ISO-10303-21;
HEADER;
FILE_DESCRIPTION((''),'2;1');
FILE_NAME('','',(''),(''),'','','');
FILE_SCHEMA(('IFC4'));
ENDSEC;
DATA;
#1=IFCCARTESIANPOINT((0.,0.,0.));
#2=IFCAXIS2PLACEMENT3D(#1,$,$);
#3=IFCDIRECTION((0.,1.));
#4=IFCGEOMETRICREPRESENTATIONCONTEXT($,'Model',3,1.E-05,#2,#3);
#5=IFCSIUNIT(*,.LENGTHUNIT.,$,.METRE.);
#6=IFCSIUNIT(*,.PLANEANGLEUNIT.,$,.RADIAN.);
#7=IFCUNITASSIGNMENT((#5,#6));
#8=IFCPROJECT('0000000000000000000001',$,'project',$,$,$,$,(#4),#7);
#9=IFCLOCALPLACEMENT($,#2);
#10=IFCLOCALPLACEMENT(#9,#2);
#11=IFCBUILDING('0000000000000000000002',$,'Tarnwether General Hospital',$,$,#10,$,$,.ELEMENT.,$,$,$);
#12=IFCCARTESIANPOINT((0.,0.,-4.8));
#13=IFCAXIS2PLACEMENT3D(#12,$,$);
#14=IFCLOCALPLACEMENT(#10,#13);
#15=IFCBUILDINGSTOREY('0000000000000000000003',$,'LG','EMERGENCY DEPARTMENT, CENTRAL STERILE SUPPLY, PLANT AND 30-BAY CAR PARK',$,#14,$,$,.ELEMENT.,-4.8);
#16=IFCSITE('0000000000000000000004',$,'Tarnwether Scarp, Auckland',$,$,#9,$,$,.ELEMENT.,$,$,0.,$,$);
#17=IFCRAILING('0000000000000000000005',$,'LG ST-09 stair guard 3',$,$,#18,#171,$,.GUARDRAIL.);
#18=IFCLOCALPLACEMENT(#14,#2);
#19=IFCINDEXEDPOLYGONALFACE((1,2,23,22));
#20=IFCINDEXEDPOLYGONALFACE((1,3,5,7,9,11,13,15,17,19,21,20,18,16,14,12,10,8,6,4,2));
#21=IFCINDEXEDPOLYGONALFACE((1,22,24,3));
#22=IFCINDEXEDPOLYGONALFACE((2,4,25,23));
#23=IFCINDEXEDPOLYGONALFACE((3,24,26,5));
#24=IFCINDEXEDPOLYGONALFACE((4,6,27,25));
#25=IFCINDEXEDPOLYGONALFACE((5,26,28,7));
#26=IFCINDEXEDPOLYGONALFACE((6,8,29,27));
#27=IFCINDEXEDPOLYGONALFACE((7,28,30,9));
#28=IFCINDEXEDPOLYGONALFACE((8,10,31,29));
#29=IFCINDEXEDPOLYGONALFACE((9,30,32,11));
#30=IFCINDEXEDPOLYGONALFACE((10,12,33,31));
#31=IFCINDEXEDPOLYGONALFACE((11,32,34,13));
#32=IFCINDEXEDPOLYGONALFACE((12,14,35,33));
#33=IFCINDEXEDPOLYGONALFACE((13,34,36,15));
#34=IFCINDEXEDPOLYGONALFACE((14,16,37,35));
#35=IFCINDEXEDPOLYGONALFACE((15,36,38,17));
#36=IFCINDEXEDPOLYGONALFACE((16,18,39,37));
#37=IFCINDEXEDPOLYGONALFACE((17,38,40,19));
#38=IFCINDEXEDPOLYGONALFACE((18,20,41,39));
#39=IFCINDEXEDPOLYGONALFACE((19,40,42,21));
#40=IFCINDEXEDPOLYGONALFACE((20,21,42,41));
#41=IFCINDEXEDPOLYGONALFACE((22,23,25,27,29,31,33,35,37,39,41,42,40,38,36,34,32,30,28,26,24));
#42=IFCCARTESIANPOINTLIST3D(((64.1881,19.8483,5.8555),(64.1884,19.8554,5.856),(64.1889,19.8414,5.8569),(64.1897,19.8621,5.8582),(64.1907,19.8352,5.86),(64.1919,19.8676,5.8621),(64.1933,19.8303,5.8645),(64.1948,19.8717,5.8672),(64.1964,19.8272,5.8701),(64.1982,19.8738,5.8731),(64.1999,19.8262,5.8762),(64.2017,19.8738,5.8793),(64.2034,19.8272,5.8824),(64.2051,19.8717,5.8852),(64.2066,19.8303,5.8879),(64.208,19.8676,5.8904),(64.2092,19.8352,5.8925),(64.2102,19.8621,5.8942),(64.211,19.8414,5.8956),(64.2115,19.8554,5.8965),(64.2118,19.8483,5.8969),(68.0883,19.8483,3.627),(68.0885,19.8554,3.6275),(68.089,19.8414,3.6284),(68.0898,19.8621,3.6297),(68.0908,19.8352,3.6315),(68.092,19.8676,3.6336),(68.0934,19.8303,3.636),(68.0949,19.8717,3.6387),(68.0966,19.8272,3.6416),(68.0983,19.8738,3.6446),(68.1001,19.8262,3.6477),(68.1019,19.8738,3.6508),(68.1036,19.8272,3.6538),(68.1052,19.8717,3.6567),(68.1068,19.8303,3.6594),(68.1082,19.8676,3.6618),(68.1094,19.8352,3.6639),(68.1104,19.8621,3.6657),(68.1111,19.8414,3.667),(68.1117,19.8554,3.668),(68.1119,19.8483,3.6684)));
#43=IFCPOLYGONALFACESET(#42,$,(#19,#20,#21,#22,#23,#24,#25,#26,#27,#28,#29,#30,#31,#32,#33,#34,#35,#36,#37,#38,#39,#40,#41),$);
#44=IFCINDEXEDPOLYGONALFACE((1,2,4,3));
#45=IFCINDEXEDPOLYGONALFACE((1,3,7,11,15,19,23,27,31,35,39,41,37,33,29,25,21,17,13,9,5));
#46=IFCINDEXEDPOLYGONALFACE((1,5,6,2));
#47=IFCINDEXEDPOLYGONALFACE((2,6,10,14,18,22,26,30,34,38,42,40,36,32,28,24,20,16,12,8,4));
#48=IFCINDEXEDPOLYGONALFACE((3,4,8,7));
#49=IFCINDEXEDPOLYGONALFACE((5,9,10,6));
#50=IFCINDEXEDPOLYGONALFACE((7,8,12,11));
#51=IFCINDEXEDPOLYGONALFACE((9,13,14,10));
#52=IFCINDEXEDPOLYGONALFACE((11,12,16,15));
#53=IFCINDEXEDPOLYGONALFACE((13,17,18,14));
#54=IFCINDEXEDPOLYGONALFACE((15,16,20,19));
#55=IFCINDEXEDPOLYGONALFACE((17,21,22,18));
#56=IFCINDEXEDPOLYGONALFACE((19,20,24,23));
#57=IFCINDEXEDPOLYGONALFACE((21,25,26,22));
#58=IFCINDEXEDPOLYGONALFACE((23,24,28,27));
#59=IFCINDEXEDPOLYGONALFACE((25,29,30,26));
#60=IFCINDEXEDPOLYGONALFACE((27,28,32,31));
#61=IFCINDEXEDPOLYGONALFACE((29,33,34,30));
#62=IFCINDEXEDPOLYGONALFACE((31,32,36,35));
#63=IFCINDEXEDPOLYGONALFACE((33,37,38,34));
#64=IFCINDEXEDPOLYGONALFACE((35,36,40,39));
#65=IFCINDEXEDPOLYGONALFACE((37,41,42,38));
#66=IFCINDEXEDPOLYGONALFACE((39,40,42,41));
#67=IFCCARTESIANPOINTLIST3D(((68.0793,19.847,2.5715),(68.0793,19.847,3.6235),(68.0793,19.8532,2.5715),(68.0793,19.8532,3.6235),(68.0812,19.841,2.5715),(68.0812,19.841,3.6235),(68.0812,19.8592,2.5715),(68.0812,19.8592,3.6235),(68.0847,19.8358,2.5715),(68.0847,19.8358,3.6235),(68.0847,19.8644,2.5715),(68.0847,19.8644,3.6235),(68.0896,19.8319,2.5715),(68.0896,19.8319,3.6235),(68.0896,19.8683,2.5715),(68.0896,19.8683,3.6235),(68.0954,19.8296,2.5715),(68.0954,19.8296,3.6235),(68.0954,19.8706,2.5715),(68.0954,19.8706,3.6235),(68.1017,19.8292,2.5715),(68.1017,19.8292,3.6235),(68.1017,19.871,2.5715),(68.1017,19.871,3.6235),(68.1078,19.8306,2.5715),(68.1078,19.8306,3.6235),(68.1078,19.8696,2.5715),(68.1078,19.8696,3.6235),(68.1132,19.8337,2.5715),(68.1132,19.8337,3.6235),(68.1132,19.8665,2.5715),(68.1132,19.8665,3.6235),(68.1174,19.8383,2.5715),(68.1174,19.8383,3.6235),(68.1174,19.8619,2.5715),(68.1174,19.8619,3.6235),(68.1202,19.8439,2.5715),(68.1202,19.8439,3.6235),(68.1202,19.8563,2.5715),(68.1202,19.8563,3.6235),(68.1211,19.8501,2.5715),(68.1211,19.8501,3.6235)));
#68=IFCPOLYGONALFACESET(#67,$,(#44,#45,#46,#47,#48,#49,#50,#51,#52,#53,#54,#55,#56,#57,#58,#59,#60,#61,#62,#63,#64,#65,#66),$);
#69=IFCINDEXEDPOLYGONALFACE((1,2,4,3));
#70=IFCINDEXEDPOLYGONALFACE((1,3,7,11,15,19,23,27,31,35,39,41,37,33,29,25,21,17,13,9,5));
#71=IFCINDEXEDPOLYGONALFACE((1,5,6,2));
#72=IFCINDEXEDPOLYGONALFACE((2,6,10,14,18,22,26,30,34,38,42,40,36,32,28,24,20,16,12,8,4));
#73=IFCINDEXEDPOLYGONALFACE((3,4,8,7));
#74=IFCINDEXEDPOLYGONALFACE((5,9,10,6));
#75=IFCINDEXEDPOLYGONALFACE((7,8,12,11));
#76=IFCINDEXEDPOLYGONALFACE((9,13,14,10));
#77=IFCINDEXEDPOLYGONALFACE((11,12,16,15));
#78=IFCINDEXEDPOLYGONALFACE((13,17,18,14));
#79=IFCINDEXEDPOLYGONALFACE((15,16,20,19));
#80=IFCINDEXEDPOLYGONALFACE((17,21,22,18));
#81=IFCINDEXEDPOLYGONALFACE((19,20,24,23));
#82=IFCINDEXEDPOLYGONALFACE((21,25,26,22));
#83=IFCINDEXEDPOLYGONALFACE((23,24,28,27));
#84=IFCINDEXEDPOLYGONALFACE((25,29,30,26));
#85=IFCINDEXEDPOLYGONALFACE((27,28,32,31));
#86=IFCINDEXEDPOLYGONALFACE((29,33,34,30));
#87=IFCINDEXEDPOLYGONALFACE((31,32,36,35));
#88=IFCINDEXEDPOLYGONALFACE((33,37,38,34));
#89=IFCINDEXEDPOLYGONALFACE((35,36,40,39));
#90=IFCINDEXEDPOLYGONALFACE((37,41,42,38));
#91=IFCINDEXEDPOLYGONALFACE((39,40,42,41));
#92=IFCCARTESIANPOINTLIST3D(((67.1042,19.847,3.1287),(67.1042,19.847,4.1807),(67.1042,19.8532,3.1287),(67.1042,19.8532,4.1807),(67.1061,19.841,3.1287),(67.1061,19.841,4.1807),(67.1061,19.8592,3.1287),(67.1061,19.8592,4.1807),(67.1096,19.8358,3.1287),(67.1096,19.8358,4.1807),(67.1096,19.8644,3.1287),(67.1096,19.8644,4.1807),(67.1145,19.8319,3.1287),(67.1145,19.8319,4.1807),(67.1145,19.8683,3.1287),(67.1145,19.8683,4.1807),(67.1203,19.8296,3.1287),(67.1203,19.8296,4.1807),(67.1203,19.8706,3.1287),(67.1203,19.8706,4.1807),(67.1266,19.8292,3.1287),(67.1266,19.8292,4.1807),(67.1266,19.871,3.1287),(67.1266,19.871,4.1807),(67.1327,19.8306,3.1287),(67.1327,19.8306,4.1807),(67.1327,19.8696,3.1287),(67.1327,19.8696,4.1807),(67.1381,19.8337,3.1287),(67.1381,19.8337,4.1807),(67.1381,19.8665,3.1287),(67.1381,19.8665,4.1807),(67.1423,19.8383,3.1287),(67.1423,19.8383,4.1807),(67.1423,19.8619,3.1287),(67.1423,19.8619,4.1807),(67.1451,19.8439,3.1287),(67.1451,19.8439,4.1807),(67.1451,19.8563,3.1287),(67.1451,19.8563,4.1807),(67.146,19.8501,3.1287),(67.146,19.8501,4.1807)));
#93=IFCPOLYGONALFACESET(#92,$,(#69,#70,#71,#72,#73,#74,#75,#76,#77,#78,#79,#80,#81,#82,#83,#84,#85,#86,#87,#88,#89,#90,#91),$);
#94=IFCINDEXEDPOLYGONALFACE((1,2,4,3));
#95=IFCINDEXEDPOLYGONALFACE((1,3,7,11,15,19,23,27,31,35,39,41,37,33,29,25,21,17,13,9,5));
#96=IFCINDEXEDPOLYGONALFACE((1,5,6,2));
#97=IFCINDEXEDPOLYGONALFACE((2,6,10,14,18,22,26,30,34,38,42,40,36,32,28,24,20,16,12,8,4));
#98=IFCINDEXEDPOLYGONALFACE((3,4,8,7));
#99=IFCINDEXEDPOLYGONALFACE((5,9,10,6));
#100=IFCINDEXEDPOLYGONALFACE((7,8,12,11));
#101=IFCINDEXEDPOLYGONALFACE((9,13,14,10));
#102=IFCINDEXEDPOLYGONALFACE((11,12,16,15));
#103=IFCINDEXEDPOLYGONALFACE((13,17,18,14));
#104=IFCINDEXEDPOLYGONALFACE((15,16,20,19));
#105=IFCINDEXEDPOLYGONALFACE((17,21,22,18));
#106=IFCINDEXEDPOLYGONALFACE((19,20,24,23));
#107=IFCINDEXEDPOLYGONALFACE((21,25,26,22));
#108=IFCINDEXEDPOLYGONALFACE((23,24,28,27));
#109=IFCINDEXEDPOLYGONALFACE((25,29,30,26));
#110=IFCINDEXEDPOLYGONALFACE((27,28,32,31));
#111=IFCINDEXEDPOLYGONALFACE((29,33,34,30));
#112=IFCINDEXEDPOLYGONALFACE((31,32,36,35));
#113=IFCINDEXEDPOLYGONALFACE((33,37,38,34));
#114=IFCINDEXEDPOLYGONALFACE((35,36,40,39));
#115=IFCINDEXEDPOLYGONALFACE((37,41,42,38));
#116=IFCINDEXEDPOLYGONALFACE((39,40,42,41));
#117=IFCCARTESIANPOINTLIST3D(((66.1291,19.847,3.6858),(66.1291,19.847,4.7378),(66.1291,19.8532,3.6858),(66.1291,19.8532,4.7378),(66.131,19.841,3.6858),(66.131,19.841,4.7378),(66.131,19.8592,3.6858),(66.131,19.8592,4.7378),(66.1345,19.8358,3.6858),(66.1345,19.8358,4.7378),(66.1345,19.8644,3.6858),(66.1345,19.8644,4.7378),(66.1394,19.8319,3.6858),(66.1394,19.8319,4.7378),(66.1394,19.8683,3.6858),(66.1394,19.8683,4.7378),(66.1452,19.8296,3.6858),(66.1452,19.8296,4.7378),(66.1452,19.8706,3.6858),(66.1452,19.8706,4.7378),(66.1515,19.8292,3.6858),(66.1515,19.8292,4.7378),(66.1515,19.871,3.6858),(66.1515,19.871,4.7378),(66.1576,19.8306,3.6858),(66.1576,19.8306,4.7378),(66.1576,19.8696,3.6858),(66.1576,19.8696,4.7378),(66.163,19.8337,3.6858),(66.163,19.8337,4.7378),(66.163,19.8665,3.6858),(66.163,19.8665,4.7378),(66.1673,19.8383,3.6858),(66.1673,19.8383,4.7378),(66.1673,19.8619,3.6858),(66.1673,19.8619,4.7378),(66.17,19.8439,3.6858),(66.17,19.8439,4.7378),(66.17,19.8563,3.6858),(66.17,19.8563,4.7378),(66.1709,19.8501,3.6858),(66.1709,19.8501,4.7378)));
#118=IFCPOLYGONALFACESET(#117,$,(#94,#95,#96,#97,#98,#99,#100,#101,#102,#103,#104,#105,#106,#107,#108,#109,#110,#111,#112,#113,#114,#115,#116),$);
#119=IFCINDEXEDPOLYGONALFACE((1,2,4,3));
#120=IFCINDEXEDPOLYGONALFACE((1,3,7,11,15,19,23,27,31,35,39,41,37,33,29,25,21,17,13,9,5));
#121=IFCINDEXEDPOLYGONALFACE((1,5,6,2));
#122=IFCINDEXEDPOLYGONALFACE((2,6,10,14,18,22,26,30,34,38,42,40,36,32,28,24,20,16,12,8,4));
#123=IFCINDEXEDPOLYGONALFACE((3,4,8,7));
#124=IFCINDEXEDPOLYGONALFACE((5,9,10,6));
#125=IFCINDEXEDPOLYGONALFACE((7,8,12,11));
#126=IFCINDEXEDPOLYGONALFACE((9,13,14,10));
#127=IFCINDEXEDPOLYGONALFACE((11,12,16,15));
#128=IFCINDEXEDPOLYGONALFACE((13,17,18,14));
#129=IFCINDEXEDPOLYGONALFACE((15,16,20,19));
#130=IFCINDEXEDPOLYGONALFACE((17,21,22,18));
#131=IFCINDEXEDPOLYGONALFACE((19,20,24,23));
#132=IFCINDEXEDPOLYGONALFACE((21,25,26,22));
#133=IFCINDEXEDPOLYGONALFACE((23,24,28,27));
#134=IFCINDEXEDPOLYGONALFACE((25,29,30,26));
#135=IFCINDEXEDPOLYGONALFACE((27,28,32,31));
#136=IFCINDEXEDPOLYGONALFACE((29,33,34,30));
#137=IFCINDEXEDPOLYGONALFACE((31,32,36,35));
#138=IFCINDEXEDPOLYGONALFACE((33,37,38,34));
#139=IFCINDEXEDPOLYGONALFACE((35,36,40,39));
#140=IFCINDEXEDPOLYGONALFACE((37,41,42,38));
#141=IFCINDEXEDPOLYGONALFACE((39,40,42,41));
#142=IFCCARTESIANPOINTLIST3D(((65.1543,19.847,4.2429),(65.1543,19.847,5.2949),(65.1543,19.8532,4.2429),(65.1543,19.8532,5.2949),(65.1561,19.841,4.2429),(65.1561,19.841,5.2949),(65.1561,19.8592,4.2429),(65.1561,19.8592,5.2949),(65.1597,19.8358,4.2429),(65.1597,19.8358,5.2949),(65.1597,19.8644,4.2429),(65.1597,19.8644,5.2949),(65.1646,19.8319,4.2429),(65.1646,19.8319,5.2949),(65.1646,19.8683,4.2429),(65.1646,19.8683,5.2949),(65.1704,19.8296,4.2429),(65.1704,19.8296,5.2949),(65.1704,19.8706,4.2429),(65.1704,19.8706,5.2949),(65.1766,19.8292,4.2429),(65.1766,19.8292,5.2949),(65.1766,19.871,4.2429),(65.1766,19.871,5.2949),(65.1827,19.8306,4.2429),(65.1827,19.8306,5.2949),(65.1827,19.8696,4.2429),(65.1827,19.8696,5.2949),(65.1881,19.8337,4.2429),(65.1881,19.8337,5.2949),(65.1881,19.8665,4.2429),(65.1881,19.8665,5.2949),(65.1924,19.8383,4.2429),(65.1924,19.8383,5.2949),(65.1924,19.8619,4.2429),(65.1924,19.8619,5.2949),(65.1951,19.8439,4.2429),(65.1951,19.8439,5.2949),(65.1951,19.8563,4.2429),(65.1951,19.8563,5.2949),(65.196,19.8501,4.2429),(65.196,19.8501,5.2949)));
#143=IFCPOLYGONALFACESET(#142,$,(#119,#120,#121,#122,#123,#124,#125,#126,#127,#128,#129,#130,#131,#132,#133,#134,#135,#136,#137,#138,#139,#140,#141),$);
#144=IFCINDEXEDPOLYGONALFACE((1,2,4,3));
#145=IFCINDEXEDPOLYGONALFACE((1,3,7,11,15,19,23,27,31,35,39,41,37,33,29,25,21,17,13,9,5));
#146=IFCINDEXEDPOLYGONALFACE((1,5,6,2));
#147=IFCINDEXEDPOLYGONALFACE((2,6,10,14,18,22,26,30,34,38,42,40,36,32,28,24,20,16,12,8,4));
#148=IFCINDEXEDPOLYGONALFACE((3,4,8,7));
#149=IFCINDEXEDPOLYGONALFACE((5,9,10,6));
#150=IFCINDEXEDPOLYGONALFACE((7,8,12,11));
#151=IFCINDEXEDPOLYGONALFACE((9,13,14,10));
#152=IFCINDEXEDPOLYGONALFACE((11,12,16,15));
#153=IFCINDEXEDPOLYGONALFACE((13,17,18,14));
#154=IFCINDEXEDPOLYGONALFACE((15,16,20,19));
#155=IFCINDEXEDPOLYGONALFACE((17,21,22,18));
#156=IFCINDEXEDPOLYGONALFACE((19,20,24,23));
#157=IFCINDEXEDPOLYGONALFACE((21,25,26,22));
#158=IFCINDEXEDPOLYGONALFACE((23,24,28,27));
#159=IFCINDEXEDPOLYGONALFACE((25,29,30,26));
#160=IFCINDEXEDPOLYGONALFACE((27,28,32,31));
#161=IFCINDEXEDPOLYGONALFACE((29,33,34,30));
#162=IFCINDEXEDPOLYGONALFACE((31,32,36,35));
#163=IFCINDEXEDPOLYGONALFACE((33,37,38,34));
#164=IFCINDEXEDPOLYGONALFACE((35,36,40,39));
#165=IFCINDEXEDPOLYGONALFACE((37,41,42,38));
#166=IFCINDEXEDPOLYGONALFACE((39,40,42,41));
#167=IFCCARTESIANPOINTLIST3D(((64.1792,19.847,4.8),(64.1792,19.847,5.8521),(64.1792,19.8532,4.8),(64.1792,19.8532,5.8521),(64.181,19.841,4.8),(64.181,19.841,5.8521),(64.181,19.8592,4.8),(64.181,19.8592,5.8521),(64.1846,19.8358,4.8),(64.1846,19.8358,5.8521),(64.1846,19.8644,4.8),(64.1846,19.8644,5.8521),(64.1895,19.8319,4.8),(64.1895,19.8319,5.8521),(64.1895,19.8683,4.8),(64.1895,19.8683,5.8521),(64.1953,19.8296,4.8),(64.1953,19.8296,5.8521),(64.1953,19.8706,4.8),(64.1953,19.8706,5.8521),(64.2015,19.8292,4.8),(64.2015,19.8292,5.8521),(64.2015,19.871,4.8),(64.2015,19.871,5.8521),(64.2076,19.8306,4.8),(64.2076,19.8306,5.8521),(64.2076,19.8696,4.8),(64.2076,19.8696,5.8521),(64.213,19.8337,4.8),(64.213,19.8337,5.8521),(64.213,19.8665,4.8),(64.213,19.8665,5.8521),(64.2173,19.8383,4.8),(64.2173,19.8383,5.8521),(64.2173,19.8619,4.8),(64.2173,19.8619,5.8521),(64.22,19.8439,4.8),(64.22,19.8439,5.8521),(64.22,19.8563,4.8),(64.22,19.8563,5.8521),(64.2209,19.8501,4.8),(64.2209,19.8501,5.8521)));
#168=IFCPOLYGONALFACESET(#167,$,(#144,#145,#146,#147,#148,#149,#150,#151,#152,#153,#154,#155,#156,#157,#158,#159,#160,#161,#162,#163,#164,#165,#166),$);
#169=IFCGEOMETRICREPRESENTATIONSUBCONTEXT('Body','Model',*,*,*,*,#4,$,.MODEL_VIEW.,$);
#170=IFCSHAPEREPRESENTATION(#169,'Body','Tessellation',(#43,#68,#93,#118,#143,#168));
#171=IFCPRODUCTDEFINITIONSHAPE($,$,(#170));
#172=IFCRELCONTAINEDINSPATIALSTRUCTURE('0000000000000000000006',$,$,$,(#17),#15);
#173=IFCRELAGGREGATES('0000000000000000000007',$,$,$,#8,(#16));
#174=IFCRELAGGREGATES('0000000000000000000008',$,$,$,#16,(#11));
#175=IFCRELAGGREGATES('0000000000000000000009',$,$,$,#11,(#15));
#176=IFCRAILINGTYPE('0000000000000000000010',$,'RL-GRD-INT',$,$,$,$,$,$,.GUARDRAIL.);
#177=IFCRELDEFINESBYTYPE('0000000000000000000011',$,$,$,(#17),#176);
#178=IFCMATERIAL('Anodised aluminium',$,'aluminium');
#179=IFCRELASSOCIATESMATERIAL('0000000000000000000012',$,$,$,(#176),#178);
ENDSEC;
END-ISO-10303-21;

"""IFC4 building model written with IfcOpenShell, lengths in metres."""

from ifc_helpers import new_model, si_unit, direction, frame, origin, origin_2d, place, context, subcontext, project, spatial, circle, extrude, material, type_object, element, save


model = new_model("IFC4")

# Units and contexts
model_context = context("Model", 3, precision=1e-05, world=origin(), true_north=direction((0.0, 1.0)))
body_context = subcontext(model_context, "Body", "Model", "MODEL_VIEW")
ifc_project = project(units=[si_unit("LENGTHUNIT", "METRE"), si_unit("PLANEANGLEUNIT", "RADIAN")], contexts=[model_context])

# Site, building, storey
site_placement = place(None, origin())
site = spatial("IfcSite", under=ifc_project, at=site_placement, Name="Tarnwether Scarp, Auckland", CompositionType="ELEMENT", RefElevation=0.0)
building_placement = place(site_placement, origin())
building = spatial("IfcBuilding", under=site, at=building_placement, Name="Tarnwether General Hospital", CompositionType="ELEMENT")
storey_placement = place(building_placement, frame((0.0, 0.0, -4.8)))
storey = spatial("IfcBuildingStorey", under=building, at=storey_placement, Name="LG", Description="EMERGENCY DEPARTMENT, CENTRAL STERILE SUPPLY, PLANT AND 30-BAY CAR PARK", CompositionType="ELEMENT", Elevation=-4.8)

# Railing
ifc_material_1 = material(Name="Anodised aluminium", Category="aluminium")
railing_type_1 = type_object("IfcRailingType", Name="RL-GRD-INT", PredefinedType="GUARDRAIL", material=ifc_material_1)
railing_1_placement = place(storey_placement, frame((68.1001, 19.8501, 2.5715)))
element("IfcRailing", 1, at=railing_1_placement, inside=storey, type_object=railing_type_1, Name="LG ST-09 stair guard 3", PredefinedType="GUARDRAIL", context=body_context, shape_type="SweptSolid", body=[
    extrude(circle(Radius=0.0239, at=origin_2d()), frame((0.0, 0.0, 1.0762), z_axis=(-0.868257, 0.0, 0.496116), x_axis=(0.0, -1.0, 0.0)), (0.0, 0.0, 1.0), 4.4919),
    extrude(circle(Radius=0.021, at=origin_2d()), origin(), (0.0, 0.0, 1.0), 1.052),
    extrude(circle(Radius=0.021, at=origin_2d()), frame((-0.9751, 0.0, 0.5571)), (0.0, 0.0, 1.0), 1.052),
    extrude(circle(Radius=0.021, at=origin_2d()), frame((-1.9502, 0.0, 1.1143)), (0.0, 0.0, 1.0), 1.052),
    extrude(circle(Radius=0.021, at=origin_2d()), frame((-2.925, 0.0, 1.6714)), (0.0, 0.0, 1.0), 1.052),
    extrude(circle(Radius=0.021, at=origin_2d()), frame((-3.9001, 0.0, 2.2285)), (0.0, 0.0, 1.0), 1.052),
])

save(model, "model.ifc")
